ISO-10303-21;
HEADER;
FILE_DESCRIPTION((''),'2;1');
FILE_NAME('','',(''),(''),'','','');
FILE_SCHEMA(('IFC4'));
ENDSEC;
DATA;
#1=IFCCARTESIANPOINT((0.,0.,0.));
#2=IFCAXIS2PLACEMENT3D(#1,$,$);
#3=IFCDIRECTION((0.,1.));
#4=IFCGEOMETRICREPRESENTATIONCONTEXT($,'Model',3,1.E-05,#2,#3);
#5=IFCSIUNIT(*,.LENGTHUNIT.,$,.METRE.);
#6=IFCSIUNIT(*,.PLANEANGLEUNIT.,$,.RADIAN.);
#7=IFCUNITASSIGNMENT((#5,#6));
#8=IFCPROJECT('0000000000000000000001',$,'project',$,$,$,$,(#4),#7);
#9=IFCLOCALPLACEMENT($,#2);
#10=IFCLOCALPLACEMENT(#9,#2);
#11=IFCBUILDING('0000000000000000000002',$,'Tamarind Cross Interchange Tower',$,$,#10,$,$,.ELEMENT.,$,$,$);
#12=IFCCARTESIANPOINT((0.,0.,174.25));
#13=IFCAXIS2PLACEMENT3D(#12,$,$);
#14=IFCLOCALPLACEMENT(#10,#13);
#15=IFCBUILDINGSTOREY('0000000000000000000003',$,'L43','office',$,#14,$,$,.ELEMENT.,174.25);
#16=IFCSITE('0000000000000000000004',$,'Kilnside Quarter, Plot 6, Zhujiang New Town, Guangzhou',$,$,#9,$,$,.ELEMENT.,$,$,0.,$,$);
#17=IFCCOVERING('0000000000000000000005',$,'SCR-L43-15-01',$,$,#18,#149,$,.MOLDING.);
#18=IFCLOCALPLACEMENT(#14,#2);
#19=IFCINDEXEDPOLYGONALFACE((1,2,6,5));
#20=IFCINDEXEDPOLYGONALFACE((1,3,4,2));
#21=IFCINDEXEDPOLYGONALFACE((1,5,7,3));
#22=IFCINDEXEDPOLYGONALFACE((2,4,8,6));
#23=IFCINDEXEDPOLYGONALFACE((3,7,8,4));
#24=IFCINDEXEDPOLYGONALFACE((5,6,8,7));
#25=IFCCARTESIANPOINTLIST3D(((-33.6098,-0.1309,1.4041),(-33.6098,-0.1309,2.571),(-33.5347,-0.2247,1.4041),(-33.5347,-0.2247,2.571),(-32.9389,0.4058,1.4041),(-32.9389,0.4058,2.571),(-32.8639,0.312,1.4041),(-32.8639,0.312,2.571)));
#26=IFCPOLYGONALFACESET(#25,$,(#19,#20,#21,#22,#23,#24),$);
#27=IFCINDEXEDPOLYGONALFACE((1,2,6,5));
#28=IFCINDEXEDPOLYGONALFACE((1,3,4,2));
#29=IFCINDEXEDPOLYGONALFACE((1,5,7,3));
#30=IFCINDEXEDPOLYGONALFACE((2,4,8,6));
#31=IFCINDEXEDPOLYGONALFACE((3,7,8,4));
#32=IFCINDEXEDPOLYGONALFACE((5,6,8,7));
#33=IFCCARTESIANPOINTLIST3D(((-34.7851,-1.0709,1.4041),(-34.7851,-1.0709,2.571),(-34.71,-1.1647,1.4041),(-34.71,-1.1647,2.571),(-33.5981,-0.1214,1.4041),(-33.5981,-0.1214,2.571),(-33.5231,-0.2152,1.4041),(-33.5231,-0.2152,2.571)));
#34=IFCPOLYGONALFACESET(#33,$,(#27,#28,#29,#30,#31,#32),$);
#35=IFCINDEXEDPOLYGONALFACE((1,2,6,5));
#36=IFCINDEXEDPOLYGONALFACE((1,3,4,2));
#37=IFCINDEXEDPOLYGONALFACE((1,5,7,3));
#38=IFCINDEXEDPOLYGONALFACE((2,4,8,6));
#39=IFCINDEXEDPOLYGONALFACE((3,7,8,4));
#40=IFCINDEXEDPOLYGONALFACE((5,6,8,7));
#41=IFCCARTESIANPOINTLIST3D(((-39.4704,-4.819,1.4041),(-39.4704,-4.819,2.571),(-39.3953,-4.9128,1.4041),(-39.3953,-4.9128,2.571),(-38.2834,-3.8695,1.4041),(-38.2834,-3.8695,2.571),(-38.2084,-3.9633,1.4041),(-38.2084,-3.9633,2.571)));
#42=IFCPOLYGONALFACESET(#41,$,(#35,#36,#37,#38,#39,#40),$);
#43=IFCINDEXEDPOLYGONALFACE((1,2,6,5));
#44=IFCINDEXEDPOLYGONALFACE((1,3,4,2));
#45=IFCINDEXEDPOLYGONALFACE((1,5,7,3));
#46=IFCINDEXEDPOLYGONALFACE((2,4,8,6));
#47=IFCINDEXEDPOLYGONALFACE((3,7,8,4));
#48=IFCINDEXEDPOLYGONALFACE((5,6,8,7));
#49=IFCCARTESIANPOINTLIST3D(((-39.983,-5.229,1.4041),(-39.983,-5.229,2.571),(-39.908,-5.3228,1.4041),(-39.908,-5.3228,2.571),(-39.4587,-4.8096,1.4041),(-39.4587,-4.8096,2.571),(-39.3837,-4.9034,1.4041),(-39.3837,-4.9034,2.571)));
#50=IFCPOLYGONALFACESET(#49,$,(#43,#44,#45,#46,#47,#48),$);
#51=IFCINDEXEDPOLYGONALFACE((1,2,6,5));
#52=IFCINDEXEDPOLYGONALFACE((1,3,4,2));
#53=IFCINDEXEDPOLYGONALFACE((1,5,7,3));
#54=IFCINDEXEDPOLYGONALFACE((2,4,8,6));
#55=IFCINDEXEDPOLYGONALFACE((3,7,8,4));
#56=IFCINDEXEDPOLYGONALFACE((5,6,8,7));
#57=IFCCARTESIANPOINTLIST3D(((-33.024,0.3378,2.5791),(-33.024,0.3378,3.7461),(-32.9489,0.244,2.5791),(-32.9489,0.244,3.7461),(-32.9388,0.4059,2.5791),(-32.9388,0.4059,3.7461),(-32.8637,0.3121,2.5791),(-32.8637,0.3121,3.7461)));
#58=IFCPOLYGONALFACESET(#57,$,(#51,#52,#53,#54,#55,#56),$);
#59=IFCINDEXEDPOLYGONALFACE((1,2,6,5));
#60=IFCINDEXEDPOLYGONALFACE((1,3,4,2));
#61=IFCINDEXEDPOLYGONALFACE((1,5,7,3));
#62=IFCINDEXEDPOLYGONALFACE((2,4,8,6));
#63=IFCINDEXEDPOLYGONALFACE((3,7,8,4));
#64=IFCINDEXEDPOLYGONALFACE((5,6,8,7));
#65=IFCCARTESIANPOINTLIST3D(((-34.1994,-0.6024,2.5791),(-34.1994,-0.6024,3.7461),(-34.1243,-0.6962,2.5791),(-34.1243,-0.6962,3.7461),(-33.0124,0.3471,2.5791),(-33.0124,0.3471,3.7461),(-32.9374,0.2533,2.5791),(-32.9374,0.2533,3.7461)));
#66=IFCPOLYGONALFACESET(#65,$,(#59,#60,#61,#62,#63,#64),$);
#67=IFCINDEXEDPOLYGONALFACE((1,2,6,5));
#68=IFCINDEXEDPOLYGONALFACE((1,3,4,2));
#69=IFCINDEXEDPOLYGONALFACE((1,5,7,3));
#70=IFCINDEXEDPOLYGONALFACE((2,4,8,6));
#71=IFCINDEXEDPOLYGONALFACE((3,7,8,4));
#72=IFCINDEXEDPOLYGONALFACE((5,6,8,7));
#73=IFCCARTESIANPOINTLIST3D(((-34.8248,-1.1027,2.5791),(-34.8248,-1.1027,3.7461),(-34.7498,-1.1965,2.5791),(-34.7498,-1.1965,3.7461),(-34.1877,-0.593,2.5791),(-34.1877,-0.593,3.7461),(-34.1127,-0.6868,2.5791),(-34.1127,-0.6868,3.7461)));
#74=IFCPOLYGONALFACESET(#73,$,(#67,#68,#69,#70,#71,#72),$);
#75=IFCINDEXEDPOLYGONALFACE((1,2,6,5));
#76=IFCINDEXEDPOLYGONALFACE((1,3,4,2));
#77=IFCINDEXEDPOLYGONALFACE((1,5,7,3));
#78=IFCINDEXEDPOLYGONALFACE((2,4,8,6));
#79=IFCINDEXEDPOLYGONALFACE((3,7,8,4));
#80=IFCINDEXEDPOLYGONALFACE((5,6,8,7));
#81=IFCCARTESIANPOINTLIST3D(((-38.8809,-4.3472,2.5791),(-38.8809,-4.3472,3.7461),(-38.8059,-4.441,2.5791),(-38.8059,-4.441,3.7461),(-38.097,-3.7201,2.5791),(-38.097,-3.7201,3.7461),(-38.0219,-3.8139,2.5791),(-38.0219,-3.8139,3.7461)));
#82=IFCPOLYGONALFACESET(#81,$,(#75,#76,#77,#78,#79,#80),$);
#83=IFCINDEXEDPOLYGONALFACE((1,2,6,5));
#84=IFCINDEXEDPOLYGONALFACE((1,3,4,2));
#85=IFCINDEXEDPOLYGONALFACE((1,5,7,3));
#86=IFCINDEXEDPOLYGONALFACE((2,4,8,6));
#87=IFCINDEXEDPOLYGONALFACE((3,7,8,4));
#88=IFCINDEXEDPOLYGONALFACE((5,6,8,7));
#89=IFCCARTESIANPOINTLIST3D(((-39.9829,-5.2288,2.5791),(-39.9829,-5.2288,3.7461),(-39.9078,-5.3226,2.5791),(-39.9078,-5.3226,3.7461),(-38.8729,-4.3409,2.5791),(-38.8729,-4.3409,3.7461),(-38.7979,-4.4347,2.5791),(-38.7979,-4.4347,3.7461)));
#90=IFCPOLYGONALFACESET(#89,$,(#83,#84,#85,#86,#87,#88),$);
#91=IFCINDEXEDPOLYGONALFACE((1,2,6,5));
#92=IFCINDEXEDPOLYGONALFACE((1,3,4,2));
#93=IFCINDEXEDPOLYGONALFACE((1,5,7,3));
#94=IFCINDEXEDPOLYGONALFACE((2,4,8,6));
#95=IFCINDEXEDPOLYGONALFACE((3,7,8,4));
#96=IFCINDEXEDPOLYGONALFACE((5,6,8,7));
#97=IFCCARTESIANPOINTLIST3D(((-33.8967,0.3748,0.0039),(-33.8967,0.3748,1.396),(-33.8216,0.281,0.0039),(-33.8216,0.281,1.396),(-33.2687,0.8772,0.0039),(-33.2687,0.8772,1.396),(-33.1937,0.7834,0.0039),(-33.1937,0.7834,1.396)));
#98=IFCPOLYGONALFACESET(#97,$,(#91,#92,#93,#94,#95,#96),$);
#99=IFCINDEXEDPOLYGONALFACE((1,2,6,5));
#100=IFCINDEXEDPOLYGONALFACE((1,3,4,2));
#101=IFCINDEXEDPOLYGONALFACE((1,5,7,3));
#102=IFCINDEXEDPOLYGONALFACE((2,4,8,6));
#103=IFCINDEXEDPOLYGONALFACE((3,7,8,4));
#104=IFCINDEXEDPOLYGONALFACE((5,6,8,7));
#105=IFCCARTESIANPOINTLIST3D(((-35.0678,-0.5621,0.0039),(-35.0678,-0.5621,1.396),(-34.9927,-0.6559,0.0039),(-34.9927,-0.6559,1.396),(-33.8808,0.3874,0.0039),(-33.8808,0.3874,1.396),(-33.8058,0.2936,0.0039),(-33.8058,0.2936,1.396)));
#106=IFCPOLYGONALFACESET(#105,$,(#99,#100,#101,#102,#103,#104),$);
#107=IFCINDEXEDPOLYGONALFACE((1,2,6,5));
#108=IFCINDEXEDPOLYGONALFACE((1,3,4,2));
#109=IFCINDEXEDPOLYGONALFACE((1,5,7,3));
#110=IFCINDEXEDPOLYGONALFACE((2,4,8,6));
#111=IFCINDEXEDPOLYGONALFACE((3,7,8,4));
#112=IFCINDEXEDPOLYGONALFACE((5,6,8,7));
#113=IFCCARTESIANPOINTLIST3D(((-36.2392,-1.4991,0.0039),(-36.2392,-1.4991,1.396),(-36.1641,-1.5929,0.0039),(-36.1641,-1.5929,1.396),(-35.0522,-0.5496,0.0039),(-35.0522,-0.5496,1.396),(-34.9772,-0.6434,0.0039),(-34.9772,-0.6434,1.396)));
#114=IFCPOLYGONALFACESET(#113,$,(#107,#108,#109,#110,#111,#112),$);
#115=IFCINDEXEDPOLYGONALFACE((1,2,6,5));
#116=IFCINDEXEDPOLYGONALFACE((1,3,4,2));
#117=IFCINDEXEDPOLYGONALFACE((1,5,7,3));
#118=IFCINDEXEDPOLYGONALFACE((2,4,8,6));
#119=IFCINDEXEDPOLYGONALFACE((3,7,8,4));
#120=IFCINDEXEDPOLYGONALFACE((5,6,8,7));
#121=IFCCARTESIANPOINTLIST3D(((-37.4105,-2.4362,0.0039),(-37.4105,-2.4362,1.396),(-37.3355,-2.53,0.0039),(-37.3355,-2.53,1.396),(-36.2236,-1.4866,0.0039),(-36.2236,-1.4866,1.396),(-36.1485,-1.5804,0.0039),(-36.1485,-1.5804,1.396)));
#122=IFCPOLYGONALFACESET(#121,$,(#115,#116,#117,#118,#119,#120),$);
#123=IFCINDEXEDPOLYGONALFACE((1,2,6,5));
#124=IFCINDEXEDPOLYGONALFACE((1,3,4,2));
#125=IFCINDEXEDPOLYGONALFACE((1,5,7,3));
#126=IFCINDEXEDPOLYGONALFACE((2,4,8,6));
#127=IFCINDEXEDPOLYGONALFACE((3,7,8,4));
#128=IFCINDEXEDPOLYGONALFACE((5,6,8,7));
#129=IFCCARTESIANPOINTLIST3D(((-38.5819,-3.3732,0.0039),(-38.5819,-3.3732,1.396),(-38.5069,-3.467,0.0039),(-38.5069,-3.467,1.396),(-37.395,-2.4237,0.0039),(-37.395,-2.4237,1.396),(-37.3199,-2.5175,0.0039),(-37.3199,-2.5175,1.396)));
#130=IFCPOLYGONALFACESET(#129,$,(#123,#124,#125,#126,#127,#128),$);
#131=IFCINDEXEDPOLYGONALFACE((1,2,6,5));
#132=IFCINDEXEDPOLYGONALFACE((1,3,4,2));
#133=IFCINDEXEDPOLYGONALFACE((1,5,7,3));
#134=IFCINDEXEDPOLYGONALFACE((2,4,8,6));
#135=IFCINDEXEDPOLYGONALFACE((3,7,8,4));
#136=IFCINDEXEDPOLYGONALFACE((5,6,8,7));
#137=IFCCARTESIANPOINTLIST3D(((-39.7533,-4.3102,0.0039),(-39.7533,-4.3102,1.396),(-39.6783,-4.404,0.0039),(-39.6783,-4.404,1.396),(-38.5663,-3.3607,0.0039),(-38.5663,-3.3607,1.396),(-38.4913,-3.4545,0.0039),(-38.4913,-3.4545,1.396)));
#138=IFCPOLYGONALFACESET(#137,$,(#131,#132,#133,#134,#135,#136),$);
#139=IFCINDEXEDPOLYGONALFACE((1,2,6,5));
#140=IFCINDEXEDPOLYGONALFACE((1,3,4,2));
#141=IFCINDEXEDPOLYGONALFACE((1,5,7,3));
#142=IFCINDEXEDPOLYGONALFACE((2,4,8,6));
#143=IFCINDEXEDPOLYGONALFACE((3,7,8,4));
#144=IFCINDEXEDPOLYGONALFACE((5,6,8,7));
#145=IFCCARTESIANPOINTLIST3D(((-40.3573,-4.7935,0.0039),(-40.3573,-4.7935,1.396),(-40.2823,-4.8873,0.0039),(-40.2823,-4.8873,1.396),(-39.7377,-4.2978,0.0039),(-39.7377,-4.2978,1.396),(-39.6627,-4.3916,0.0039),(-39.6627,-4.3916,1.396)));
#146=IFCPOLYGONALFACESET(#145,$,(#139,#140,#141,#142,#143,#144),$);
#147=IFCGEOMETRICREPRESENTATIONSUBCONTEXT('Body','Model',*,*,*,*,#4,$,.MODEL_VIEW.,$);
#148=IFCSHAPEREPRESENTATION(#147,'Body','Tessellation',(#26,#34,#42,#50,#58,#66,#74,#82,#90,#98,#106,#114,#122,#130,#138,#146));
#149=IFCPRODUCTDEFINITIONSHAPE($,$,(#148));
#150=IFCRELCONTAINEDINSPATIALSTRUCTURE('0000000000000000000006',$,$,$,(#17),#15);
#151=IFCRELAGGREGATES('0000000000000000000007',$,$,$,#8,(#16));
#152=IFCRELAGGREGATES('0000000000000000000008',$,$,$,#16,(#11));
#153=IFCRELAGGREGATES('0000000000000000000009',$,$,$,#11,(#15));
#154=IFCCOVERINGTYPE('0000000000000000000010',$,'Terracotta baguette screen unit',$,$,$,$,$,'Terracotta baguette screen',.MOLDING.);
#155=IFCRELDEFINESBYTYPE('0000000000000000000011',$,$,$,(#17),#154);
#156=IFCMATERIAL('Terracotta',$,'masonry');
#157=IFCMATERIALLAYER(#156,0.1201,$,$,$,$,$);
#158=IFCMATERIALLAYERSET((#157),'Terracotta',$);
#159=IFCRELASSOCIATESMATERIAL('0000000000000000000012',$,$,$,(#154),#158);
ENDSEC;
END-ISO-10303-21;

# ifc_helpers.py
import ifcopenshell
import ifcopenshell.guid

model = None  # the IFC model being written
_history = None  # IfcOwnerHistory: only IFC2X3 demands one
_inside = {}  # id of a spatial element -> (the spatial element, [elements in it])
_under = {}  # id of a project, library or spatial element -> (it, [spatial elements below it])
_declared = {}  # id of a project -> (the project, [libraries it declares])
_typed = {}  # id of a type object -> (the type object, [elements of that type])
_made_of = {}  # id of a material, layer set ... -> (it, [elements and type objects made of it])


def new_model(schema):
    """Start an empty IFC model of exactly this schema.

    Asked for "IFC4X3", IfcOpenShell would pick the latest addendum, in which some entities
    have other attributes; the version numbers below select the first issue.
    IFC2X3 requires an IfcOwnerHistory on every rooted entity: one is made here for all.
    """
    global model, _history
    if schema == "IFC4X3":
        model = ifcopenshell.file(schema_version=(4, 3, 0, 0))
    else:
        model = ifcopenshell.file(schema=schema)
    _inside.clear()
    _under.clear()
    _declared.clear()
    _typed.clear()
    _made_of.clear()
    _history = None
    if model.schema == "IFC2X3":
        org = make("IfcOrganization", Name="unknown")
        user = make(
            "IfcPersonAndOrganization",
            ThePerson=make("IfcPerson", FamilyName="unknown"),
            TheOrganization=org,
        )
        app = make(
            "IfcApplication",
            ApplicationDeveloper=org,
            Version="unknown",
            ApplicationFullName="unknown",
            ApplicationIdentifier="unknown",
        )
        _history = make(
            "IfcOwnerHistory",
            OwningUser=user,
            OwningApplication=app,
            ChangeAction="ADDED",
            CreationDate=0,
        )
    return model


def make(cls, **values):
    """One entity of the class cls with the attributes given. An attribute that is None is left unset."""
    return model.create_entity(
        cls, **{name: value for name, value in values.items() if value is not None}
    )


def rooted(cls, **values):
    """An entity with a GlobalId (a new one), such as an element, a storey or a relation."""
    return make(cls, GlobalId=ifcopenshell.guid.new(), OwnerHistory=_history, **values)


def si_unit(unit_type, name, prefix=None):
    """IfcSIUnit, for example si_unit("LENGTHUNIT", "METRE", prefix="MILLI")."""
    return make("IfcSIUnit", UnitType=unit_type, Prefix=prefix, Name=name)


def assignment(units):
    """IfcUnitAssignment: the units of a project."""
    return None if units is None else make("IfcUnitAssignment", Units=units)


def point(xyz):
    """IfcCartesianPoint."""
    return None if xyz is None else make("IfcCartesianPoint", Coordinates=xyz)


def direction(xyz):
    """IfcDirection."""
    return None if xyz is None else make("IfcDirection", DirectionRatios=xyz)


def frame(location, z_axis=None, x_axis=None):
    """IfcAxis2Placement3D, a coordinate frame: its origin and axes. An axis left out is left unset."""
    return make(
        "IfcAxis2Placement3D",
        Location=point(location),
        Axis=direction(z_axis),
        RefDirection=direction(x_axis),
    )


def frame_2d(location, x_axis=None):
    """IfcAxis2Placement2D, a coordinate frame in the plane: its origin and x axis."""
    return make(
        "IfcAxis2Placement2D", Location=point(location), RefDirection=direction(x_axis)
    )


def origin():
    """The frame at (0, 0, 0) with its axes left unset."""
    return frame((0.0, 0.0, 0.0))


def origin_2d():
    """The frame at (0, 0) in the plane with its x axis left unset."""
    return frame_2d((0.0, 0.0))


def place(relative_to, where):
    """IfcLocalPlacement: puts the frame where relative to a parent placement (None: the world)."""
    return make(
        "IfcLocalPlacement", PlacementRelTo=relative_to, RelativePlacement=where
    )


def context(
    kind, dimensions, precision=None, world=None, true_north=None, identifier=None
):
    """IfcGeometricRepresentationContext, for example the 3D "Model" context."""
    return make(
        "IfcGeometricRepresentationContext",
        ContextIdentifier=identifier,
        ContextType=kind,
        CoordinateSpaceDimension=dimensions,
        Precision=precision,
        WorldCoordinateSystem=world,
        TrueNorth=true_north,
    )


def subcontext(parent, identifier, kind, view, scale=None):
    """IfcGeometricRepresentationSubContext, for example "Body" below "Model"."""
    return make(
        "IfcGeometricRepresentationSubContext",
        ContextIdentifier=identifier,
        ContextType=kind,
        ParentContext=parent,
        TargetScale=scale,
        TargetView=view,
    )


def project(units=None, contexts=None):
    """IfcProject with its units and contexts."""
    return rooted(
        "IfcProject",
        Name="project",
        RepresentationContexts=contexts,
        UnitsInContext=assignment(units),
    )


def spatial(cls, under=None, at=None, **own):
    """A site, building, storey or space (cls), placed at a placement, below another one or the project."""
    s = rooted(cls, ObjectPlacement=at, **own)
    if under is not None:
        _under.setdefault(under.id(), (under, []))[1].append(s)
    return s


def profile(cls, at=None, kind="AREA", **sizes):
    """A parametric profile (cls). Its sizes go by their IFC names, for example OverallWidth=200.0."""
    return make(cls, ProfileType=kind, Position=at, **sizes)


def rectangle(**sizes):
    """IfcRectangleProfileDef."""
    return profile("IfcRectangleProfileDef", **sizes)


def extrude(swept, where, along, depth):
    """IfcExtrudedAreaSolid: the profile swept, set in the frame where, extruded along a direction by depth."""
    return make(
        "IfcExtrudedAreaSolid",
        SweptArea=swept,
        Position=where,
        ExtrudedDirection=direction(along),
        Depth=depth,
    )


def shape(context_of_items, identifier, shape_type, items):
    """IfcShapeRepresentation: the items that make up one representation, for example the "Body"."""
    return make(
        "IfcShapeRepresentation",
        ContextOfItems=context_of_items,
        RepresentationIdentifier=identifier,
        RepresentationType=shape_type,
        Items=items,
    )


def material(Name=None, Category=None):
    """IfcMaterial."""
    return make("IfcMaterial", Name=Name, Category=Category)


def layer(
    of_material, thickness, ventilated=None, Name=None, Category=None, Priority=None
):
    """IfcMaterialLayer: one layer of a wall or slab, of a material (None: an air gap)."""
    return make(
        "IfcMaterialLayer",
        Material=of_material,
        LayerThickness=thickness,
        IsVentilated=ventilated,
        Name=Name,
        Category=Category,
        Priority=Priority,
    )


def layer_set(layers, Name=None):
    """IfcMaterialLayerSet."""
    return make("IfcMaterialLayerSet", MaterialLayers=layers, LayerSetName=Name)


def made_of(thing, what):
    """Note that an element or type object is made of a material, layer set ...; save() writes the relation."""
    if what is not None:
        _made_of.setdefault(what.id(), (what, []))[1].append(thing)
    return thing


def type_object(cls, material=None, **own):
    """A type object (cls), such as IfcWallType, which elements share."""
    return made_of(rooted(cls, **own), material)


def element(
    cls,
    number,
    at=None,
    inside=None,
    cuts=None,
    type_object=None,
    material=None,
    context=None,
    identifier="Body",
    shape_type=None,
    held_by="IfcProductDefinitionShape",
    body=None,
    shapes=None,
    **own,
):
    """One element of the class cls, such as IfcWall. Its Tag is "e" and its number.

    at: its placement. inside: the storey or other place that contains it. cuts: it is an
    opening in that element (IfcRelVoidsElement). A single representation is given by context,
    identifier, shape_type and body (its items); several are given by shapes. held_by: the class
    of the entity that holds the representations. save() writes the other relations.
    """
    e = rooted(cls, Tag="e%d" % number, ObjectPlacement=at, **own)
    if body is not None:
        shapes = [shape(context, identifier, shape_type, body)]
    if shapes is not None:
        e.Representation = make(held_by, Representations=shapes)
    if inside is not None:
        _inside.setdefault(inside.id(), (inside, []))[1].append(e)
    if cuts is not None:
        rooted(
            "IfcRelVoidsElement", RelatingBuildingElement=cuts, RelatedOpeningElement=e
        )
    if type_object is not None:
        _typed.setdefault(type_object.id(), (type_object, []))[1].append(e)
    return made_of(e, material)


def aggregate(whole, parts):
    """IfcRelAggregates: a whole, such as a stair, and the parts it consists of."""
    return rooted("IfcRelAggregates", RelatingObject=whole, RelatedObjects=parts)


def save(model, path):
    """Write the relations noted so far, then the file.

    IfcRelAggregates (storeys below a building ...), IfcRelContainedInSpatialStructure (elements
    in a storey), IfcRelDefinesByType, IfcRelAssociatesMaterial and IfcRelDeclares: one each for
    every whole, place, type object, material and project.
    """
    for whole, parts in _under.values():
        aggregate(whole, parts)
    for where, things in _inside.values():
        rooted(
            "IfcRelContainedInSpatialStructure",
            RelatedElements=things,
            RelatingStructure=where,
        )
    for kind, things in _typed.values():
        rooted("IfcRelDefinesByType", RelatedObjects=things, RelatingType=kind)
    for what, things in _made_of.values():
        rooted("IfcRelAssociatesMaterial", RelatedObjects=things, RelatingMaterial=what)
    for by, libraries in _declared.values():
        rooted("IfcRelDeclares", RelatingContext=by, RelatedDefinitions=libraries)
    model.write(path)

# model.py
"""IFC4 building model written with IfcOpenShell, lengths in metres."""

from ifc_helpers import new_model, si_unit, direction, frame, origin, origin_2d, place, context, subcontext, project, spatial, rectangle, extrude, material, layer, layer_set, type_object, element, save


model = new_model("IFC4")

# Units and contexts
model_context = context("Model", 3, precision=1e-05, world=origin(), true_north=direction((0.0, 1.0)))
body_context = subcontext(model_context, "Body", "Model", "MODEL_VIEW")
ifc_project = project(units=[si_unit("LENGTHUNIT", "METRE"), si_unit("PLANEANGLEUNIT", "RADIAN")], contexts=[model_context])

# Site, building, storey
site_placement = place(None, origin())
site = spatial("IfcSite", under=ifc_project, at=site_placement, Name="Kilnside Quarter, Plot 6, Zhujiang New Town, Guangzhou", CompositionType="ELEMENT", RefElevation=0.0)
building_placement = place(site_placement, origin())
building = spatial("IfcBuilding", under=site, at=building_placement, Name="Tamarind Cross Interchange Tower", CompositionType="ELEMENT")
storey_placement = place(building_placement, frame((0.0, 0.0, 174.25)))
storey = spatial("IfcBuildingStorey", under=building, at=storey_placement, Name="L43", Description="office", CompositionType="ELEMENT", Elevation=174.25)

# Covering
ifc_material_1 = material(Name="Terracotta", Category="masonry")
ifc_layer_1 = layer(ifc_material_1, 0.1201)
ifc_layer_set_1 = layer_set([ifc_layer_1], Name="Terracotta")
covering_type = type_object("IfcCoveringType", Name="Terracotta baguette screen unit", ElementType="Terracotta baguette screen", PredefinedType="MOLDING", material=ifc_layer_set_1)
covering_1_placement = place(storey_placement, origin())
element("IfcCovering", 1, at=covering_1_placement, inside=storey, type_object=covering_type, Name="SCR-L43-15-01", PredefinedType="MOLDING", context=body_context, shape_type="SweptSolid", body=[
    extrude(rectangle(XDim=0.8591, YDim=0.1201, at=origin_2d()), frame((-33.2368, 0.0906, 1.4041), z_axis=(0.0, 0.0, 1.0), x_axis=(-0.780893, -0.624665, 0.0)), (0.0, 0.0, 1.0), 1.167),
    extrude(rectangle(XDim=1.52, YDim=0.1201, at=origin_2d()), frame((-34.1541, -0.6431, 1.4041), z_axis=(0.0, 0.0, 1.0), x_axis=(-0.780893, -0.624665, 0.0)), (0.0, 0.0, 1.0), 1.167),
    extrude(rectangle(XDim=1.52, YDim=0.1201, at=origin_2d()), frame((-38.8394, -4.3911, 1.4041), z_axis=(0.0, 0.0, 1.0), x_axis=(-0.780893, -0.624665, 0.0)), (0.0, 0.0, 1.0), 1.167),
    extrude(rectangle(XDim=0.6714, YDim=0.1201, at=origin_2d()), frame((-39.6833, -5.0662, 1.4041), z_axis=(0.0, 0.0, 1.0), x_axis=(-0.780893, -0.624665, 0.0)), (0.0, 0.0, 1.0), 1.167),
    extrude(rectangle(XDim=0.1091, YDim=0.1201, at=origin_2d()), frame((-32.9438, 0.325, 2.5791), z_axis=(0.0, 0.0, 1.0), x_axis=(-0.780893, -0.624665, 0.0)), (0.0, 0.0, 1.0), 1.167),
    extrude(rectangle(XDim=1.52, YDim=0.1201, at=origin_2d()), frame((-33.5684, -0.1746, 2.5791), z_axis=(0.0, 0.0, 1.0), x_axis=(-0.780893, -0.624665, 0.0)), (0.0, 0.0, 1.0), 1.167),
    extrude(rectangle(XDim=0.8159, YDim=0.1201, at=origin_2d()), frame((-34.4688, -0.8948, 2.5791), z_axis=(0.0, 0.0, 1.0), x_axis=(-0.780893, -0.624665, 0.0)), (0.0, 0.0, 1.0), 1.167),
    extrude(rectangle(XDim=1.0039, YDim=0.1201, at=origin_2d()), frame((-38.4514, -4.0806, 2.5791), z_axis=(0.0, 0.0, 1.0), x_axis=(-0.780893, -0.624665, 0.0)), (0.0, 0.0, 1.0), 1.167),
    extrude(rectangle(XDim=1.4214, YDim=0.1201, at=origin_2d()), frame((-39.3904, -4.8318, 2.5791), z_axis=(0.0, 0.0, 1.0), x_axis=(-0.780893, -0.624665, 0.0)), (0.0, 0.0, 1.0), 1.167),
    extrude(rectangle(XDim=0.8042, YDim=0.1201, at=origin_2d()), frame((-33.5452, 0.5791, 0.0039), z_axis=(0.0, 0.0, 1.0), x_axis=(-0.780893, -0.624665, 0.0)), (0.0, 0.0, 1.0), 1.3921),
    extrude(rectangle(XDim=1.52, YDim=0.1201, at=origin_2d()), frame((-34.4368, -0.1343, 0.0039), z_axis=(0.0, 0.0, 1.0), x_axis=(-0.780893, -0.624665, 0.0)), (0.0, 0.0, 1.0), 1.3921),
    extrude(rectangle(XDim=1.52, YDim=0.1201, at=origin_2d()), frame((-35.6082, -1.0713, 0.0039), z_axis=(0.0, 0.0, 1.0), x_axis=(-0.780893, -0.624665, 0.0)), (0.0, 0.0, 1.0), 1.3921),
    extrude(rectangle(XDim=1.52, YDim=0.1201, at=origin_2d()), frame((-36.7795, -2.0083, 0.0039), z_axis=(0.0, 0.0, 1.0), x_axis=(-0.780893, -0.624665, 0.0)), (0.0, 0.0, 1.0), 1.3921),
    extrude(rectangle(XDim=1.52, YDim=0.1201, at=origin_2d()), frame((-37.9509, -2.9453, 0.0039), z_axis=(0.0, 0.0, 1.0), x_axis=(-0.780893, -0.624665, 0.0)), (0.0, 0.0, 1.0), 1.3921),
    extrude(rectangle(XDim=1.52, YDim=0.1201, at=origin_2d()), frame((-39.1223, -3.8823, 0.0039), z_axis=(0.0, 0.0, 1.0), x_axis=(-0.780893, -0.624665, 0.0)), (0.0, 0.0, 1.0), 1.3921),
    extrude(rectangle(XDim=0.7935, YDim=0.1201, at=origin_2d()), frame((-40.01, -4.5925, 0.0039), z_axis=(0.0, 0.0, 1.0), x_axis=(-0.780893, -0.624665, 0.0)), (0.0, 0.0, 1.0), 1.3921),
])

save(model, "model.ifc")
